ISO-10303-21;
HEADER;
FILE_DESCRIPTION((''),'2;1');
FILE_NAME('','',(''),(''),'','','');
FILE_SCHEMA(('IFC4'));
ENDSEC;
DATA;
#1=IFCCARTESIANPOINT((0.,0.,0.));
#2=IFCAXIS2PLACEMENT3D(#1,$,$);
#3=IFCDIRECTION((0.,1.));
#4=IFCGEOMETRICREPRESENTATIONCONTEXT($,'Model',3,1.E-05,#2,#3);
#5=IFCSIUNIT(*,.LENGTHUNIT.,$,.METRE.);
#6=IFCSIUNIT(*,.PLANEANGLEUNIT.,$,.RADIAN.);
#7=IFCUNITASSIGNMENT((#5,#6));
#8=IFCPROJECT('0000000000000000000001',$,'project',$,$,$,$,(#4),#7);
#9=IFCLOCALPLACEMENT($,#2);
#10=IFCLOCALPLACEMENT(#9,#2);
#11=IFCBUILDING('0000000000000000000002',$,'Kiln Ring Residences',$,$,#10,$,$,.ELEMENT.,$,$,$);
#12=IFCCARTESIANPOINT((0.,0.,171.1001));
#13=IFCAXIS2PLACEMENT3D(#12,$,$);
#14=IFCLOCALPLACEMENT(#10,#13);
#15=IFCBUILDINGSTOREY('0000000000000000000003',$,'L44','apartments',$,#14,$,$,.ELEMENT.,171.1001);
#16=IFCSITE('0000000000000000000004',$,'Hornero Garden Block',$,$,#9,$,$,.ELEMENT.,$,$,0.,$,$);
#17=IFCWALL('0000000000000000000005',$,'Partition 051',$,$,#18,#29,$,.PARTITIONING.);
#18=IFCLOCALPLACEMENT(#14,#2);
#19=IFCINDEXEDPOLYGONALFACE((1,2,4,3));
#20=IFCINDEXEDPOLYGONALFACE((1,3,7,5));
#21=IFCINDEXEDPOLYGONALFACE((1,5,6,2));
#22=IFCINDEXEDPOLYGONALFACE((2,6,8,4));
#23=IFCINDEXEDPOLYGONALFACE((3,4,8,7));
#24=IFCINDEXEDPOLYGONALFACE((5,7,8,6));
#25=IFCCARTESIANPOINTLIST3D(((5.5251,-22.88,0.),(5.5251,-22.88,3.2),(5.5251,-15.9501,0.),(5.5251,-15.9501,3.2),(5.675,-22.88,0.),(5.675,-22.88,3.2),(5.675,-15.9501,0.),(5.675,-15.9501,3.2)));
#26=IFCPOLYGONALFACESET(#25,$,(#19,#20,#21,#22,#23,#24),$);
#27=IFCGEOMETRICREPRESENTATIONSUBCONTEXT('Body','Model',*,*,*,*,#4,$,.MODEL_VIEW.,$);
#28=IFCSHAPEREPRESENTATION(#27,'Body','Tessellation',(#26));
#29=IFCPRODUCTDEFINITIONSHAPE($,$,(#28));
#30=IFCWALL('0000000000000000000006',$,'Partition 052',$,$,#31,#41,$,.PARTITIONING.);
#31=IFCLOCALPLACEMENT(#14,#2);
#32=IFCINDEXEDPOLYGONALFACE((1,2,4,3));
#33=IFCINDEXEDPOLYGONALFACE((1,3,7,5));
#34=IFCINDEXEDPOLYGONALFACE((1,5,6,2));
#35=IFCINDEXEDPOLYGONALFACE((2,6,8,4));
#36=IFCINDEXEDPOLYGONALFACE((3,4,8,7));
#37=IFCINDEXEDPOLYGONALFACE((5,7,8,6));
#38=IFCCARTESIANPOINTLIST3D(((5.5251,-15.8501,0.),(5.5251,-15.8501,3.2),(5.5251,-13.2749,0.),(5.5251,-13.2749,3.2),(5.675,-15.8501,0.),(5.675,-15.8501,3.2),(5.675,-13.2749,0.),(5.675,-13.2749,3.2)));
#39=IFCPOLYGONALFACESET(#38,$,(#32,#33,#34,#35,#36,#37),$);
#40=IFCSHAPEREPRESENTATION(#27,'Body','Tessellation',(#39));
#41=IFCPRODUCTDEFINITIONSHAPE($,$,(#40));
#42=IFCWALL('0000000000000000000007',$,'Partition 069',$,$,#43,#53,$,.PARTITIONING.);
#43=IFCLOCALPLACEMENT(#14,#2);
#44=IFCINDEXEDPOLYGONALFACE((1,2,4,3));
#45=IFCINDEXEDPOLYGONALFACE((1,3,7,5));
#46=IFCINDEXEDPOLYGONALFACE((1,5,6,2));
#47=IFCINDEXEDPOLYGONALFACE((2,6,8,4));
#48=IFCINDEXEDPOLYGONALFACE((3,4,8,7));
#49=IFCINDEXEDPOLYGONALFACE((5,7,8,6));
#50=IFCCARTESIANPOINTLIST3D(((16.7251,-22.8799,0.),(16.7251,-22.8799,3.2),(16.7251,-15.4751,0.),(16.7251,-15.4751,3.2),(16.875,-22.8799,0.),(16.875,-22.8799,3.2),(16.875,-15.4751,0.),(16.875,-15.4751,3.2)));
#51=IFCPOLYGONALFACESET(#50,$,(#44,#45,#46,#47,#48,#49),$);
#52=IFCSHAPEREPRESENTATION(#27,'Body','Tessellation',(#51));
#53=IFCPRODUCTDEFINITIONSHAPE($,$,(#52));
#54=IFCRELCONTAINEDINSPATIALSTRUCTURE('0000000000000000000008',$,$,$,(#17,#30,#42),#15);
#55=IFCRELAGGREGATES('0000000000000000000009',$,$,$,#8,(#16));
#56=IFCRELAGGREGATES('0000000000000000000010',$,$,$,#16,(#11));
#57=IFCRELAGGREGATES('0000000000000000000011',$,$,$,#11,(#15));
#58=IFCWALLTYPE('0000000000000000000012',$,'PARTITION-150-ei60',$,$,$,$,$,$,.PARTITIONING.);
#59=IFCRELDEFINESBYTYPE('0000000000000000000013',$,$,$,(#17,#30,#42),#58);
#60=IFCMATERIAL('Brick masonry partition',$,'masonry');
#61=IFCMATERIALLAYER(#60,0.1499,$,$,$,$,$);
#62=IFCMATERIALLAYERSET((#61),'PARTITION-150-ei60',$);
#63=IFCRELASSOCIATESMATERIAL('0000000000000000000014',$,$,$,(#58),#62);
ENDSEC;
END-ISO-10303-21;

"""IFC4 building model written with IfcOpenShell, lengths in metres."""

from ifc_helpers import new_model, si_unit, direction, frame, frame_2d, origin, place, context, subcontext, project, spatial, rectangle, extrude, material, layer, layer_set, type_object, element, save


model = new_model("IFC4")

# Units and contexts
model_context = context("Model", 3, precision=1e-05, world=origin(), true_north=direction((0.0, 1.0)))
body_context = subcontext(model_context, "Body", "Model", "MODEL_VIEW")
ifc_project = project(units=[si_unit("LENGTHUNIT", "METRE"), si_unit("PLANEANGLEUNIT", "RADIAN")], contexts=[model_context])

# Site, building, storey
site_placement = place(None, origin())
site = spatial("IfcSite", under=ifc_project, at=site_placement, Name="Hornero Garden Block", CompositionType="ELEMENT", RefElevation=0.0)
building_placement = place(site_placement, origin())
building = spatial("IfcBuilding", under=site, at=building_placement, Name="Kiln Ring Residences", CompositionType="ELEMENT")
storey_placement = place(building_placement, frame((0.0, 0.0, 171.1001)))
storey = spatial("IfcBuildingStorey", under=building, at=storey_placement, Name="L44", Description="apartments", CompositionType="ELEMENT", Elevation=171.1001)

# Walls
ifc_material_1 = material(Name="Brick masonry partition", Category="masonry")
ifc_layer_1 = layer(ifc_material_1, 0.1499)
ifc_layer_set_1 = layer_set([ifc_layer_1], Name="PARTITION-150-ei60")
wall_type_1 = type_object("IfcWallType", Name="PARTITION-150-ei60", PredefinedType="PARTITIONING", material=ifc_layer_set_1)
wall_1_placement = place(storey_placement, frame((5.6001, -22.8799, 0.0), z_axis=(0.0, 0.0, 1.0), x_axis=(0.0, 1.0, 0.0)))
element("IfcWall", 1, at=wall_1_placement, inside=storey, type_object=wall_type_1, Name="Partition 051", PredefinedType="PARTITIONING", context=body_context, shape_type="SweptSolid", body=[
    extrude(rectangle(XDim=6.9299, YDim=0.1499, at=frame_2d((3.4648, 0.0))), origin(), (0.0, 0.0, 1.0), 3.2),
])
wall_2_placement = place(storey_placement, frame((5.6001, -15.8501, 0.0), z_axis=(0.0, 0.0, 1.0), x_axis=(0.0, 1.0, 0.0)))
element("IfcWall", 2, at=wall_2_placement, inside=storey, type_object=wall_type_1, Name="Partition 052", PredefinedType="PARTITIONING", context=body_context, shape_type="SweptSolid", body=[
    extrude(rectangle(XDim=2.5752, YDim=0.1499, at=frame_2d((1.2876, 0.0))), origin(), (0.0, 0.0, 1.0), 3.2),
])
wall_3_placement = place(storey_placement, frame((16.8, -22.8799, 0.0), z_axis=(0.0, 0.0, 1.0), x_axis=(0.0, 1.0, 0.0)))
element("IfcWall", 3, at=wall_3_placement, inside=storey, type_object=wall_type_1, Name="Partition 069", PredefinedType="PARTITIONING", context=body_context, shape_type="SweptSolid", body=[
    extrude(rectangle(XDim=7.4048, YDim=0.1499, at=frame_2d((3.7024, 0.0))), origin(), (0.0, 0.0, 1.0), 3.2),
])

save(model, "model.ifc")
